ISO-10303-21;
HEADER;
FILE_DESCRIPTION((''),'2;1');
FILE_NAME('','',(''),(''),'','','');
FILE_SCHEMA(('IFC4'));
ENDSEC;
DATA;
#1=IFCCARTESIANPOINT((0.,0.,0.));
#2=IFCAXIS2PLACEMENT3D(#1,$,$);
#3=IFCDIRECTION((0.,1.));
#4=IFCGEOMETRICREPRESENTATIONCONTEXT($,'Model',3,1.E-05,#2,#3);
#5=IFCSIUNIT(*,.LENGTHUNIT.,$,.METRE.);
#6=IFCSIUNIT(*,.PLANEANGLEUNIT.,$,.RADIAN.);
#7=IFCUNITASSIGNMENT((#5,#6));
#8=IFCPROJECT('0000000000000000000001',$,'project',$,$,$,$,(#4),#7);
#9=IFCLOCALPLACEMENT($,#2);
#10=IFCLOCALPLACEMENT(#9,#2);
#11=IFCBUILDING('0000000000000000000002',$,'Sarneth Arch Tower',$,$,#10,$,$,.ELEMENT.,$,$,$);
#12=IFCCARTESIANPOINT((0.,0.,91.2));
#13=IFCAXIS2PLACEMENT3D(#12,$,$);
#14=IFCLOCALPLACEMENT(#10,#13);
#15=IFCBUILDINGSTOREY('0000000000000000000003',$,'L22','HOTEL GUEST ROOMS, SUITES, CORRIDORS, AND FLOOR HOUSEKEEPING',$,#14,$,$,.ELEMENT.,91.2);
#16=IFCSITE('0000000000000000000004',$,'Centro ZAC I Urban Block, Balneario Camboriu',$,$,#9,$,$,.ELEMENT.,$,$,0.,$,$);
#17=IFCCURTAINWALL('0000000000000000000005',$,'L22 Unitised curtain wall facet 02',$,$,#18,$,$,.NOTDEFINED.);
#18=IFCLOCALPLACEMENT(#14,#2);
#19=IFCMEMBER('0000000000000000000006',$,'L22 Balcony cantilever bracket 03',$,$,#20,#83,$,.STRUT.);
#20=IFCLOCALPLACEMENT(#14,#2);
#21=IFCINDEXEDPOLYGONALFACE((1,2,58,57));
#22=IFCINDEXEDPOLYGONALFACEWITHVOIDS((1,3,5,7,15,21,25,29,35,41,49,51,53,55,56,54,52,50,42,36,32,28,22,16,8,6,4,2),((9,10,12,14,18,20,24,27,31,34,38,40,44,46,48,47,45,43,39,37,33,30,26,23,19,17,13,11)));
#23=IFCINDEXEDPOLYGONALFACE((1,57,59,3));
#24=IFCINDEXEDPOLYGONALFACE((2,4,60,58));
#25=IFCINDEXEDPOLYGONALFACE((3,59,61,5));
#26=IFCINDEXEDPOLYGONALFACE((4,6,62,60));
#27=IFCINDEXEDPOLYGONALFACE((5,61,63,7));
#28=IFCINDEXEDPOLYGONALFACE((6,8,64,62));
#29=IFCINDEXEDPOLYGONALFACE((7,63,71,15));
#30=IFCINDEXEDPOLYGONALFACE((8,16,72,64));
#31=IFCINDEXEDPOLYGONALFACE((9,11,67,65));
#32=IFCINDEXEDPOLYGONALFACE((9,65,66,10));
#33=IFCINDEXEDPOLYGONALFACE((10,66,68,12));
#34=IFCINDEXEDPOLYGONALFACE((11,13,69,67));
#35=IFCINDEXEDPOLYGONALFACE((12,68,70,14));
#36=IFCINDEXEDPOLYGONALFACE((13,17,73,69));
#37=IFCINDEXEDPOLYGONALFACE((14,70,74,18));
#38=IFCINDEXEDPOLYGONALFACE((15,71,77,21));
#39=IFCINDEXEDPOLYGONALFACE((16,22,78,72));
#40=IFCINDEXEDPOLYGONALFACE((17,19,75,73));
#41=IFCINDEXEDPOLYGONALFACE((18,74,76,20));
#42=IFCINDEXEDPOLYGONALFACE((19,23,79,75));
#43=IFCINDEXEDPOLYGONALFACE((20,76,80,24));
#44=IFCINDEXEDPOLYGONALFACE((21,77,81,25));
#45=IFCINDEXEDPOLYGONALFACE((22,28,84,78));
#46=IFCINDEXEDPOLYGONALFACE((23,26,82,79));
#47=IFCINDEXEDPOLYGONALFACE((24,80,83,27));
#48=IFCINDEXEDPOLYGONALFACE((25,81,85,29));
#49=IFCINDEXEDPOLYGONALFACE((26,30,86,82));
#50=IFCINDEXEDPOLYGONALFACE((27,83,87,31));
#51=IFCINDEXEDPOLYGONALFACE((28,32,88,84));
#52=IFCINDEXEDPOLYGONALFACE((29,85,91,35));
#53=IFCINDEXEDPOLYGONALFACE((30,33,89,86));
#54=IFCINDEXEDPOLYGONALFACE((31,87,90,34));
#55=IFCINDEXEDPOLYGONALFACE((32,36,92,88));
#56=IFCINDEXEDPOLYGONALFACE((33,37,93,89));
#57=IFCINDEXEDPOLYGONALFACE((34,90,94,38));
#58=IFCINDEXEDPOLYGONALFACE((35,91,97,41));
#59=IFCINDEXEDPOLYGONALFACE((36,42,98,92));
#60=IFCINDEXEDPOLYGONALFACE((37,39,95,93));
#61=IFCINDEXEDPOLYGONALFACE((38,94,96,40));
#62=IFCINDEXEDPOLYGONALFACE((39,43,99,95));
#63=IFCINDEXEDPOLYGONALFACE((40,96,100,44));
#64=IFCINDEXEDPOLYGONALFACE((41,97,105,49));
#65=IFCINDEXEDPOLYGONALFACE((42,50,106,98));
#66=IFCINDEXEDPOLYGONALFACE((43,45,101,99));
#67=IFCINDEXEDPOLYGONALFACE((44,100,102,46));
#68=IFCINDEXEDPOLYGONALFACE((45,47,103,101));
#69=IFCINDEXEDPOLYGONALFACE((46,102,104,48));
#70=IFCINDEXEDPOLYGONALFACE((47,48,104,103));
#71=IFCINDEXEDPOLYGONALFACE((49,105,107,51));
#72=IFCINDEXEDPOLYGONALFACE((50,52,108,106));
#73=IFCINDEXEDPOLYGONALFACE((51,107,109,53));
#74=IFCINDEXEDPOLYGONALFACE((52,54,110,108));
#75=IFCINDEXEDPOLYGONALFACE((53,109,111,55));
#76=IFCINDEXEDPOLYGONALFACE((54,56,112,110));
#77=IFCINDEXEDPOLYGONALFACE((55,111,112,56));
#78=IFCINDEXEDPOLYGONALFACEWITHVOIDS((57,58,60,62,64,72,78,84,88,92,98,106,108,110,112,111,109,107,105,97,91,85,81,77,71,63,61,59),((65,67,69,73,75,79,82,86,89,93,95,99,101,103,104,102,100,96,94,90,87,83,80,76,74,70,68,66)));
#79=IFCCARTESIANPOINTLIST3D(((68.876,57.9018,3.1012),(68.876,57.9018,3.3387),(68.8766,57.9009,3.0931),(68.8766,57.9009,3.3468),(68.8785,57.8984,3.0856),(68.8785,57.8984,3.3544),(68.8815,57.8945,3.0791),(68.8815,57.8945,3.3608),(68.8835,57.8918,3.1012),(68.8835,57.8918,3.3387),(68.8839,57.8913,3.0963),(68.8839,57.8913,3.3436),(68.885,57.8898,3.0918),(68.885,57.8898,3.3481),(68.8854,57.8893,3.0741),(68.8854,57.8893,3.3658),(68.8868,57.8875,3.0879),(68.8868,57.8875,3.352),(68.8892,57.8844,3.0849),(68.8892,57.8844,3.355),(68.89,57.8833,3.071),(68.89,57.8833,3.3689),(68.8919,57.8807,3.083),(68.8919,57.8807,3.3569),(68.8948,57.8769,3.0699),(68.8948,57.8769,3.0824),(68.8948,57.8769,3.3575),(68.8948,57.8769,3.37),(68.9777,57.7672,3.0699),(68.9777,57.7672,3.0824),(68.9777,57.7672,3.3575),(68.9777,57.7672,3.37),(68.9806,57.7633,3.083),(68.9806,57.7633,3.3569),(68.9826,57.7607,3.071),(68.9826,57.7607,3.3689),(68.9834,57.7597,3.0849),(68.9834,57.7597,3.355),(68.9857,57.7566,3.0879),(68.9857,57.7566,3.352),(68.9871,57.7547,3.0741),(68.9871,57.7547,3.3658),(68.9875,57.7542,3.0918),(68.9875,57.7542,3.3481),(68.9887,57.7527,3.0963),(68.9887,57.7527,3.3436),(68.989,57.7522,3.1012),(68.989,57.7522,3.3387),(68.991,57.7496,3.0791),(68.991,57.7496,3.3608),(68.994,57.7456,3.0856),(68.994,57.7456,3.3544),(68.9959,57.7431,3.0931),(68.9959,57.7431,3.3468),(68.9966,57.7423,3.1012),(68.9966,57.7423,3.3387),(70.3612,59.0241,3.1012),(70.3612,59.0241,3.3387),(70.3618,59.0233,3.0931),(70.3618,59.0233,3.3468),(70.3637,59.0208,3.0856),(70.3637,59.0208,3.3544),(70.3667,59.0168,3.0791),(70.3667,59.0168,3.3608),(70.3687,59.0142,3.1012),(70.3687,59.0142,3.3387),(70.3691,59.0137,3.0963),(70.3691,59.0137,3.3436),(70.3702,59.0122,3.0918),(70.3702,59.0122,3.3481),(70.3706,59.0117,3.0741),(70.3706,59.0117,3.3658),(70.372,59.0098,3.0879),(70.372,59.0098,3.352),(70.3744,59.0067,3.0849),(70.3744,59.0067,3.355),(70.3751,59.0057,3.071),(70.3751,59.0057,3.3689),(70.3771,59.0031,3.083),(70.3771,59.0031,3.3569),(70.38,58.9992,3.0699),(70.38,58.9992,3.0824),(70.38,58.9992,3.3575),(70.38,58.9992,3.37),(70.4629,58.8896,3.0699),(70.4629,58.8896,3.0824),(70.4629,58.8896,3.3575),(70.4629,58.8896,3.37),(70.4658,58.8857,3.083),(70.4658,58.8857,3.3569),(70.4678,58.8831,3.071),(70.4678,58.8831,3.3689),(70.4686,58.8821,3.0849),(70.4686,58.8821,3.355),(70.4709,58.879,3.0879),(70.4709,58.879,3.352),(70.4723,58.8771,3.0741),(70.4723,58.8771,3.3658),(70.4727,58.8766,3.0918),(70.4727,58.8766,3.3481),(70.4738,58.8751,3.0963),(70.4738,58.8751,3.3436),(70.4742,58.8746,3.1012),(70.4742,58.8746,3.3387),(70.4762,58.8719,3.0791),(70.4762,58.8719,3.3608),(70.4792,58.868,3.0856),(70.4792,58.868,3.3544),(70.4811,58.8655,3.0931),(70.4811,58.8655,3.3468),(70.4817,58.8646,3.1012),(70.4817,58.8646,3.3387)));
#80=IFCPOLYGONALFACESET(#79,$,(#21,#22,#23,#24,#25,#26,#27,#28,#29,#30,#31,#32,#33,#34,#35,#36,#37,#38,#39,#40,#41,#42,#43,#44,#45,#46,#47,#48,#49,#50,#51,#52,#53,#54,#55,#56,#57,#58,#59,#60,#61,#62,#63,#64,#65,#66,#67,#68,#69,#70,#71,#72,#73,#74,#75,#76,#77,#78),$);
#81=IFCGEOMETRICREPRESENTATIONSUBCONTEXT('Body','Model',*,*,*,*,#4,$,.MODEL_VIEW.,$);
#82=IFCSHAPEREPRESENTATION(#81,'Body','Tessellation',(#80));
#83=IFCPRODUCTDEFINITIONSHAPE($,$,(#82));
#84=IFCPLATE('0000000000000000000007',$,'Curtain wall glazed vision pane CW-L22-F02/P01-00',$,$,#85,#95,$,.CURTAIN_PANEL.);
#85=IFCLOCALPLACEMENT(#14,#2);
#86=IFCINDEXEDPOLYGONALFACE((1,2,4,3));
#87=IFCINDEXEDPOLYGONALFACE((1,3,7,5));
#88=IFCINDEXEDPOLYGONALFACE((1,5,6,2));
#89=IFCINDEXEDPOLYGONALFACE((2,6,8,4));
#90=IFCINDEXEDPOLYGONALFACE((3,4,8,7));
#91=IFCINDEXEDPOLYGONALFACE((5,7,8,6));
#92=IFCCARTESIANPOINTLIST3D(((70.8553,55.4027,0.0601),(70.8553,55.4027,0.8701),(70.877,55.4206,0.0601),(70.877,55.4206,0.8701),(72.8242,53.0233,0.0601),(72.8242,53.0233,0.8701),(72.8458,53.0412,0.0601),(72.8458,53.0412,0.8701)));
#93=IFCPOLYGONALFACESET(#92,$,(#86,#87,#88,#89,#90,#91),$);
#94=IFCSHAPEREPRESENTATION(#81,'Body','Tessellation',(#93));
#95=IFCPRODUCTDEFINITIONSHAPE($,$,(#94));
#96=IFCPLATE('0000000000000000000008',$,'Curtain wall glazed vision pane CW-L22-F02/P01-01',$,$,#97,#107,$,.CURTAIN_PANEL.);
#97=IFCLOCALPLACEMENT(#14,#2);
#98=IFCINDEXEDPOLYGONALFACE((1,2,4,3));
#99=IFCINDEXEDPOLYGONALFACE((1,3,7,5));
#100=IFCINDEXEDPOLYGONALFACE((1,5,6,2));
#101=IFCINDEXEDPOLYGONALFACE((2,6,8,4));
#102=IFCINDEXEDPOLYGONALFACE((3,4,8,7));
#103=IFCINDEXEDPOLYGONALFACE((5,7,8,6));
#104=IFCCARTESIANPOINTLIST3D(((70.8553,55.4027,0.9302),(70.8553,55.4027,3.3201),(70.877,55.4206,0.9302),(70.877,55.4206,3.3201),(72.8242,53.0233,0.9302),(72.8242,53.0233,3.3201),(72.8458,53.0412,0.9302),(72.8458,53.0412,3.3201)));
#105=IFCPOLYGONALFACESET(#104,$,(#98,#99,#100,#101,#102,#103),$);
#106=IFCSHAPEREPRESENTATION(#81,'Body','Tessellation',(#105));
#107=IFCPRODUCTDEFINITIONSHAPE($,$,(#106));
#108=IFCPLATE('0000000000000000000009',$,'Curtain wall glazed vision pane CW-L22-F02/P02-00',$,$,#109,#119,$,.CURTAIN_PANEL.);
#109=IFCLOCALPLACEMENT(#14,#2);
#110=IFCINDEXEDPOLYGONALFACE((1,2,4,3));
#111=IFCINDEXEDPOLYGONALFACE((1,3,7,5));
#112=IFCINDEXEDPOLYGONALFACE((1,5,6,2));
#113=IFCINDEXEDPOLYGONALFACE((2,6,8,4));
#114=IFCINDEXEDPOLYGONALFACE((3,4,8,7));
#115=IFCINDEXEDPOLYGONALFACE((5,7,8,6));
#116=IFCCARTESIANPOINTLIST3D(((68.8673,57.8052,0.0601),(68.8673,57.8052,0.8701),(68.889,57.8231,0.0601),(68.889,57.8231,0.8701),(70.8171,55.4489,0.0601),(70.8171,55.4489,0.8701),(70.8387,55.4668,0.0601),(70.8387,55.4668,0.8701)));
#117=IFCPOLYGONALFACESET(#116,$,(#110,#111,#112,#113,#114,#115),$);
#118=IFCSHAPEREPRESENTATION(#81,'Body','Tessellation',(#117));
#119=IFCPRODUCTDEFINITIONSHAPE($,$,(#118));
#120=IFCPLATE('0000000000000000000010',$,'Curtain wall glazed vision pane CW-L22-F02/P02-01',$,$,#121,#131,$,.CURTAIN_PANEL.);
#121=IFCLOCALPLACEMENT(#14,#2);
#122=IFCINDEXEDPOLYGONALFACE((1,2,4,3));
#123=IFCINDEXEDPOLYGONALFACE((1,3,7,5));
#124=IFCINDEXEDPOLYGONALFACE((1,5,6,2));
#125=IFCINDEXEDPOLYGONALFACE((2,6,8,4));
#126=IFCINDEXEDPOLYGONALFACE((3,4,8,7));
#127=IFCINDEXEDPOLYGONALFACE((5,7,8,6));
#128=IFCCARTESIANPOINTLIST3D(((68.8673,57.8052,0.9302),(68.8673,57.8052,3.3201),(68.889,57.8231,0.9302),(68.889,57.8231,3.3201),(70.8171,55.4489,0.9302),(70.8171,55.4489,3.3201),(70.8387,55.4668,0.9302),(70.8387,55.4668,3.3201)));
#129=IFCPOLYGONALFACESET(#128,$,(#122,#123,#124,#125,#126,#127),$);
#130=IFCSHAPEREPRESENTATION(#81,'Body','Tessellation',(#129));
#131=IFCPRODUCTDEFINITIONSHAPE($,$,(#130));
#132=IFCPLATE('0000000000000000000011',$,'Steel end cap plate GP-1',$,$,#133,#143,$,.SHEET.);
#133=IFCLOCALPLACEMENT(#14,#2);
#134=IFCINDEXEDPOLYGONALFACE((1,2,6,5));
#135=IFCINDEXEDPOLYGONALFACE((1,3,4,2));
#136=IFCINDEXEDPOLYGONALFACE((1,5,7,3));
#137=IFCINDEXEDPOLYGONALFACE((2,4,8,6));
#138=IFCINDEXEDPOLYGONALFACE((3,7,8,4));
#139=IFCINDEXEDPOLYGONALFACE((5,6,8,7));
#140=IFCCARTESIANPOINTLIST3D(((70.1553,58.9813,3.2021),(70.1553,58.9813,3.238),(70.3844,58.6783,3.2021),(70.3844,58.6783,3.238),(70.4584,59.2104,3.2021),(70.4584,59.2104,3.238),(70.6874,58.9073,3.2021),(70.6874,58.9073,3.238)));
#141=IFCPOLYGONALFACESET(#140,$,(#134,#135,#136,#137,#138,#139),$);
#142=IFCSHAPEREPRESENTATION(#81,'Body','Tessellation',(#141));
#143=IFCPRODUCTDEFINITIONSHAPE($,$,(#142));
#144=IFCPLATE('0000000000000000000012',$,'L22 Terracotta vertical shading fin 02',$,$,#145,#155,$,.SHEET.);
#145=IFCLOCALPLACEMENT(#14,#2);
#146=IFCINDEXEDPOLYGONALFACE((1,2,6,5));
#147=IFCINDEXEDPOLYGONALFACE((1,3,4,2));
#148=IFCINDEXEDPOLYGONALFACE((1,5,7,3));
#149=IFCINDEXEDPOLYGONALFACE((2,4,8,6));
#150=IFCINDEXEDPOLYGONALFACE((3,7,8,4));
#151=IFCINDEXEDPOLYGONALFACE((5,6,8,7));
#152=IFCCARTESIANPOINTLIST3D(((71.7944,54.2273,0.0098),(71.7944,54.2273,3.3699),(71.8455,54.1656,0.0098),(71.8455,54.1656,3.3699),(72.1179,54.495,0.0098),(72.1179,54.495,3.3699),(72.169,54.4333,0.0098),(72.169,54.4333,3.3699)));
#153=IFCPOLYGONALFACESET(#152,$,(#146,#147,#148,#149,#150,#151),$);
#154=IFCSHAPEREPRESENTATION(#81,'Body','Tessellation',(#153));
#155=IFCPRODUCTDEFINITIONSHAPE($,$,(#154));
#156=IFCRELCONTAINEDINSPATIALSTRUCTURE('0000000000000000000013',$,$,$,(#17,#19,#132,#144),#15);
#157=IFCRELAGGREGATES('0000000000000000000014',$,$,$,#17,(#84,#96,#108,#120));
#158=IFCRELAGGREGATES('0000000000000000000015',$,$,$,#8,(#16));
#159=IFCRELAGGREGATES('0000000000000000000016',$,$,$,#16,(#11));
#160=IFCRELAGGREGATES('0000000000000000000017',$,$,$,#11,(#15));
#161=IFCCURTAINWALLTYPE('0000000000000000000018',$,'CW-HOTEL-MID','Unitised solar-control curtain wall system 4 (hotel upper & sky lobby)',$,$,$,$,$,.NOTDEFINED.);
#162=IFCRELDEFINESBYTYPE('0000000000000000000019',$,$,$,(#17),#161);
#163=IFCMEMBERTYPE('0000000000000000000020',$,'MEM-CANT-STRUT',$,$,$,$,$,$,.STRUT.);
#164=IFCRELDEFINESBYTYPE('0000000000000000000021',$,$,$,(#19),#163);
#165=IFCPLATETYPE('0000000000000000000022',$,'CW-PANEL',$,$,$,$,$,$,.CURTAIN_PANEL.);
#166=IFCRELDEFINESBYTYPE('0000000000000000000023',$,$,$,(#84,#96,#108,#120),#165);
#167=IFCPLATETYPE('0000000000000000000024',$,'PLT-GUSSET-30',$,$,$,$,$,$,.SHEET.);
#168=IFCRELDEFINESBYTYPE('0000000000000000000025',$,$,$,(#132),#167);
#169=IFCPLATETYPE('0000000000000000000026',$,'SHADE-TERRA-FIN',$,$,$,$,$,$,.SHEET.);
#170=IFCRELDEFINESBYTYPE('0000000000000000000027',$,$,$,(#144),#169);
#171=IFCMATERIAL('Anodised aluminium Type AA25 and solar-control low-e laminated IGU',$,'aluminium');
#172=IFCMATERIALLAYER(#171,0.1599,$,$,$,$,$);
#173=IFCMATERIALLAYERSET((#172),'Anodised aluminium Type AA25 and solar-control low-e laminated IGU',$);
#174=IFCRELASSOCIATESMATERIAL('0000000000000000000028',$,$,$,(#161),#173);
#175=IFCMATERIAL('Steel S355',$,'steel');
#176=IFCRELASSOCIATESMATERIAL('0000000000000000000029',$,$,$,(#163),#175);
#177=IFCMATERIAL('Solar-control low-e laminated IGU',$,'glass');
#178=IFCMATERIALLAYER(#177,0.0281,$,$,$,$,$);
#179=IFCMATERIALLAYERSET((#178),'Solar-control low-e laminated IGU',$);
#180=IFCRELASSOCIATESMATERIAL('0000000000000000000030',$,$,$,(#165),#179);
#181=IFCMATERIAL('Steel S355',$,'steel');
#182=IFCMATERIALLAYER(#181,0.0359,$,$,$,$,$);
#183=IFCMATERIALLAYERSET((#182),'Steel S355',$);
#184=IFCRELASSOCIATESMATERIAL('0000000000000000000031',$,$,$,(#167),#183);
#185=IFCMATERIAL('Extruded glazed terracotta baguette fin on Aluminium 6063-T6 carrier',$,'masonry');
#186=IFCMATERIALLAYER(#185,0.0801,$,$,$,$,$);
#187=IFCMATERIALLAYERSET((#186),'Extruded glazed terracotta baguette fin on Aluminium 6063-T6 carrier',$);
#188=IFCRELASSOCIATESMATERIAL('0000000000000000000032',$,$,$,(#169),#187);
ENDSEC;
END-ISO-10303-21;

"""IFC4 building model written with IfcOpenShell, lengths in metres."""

from ifc_helpers import new_model, si_unit, direction, frame, origin, origin_2d, place, context, subcontext, project, spatial, rectangle, hollow_rectangle, extrude, material, layer, layer_set, material_profile, profile_set, type_object, element, aggregate, save


model = new_model("IFC4")

# Units and contexts
model_context = context("Model", 3, precision=1e-05, world=origin(), true_north=direction((0.0, 1.0)))
body_context = subcontext(model_context, "Body", "Model", "MODEL_VIEW")
ifc_project = project(units=[si_unit("LENGTHUNIT", "METRE"), si_unit("PLANEANGLEUNIT", "RADIAN")], contexts=[model_context])

# Site, building, storey
site_placement = place(None, origin())
site = spatial("IfcSite", under=ifc_project, at=site_placement, Name="Centro ZAC I Urban Block, Balneario Camboriu", CompositionType="ELEMENT", RefElevation=0.0)
building_placement = place(site_placement, origin())
building = spatial("IfcBuilding", under=site, at=building_placement, Name="Sarneth Arch Tower", CompositionType="ELEMENT")
storey_placement = place(building_placement, frame((0.0, 0.0, 91.2)))
storey = spatial("IfcBuildingStorey", under=building, at=storey_placement, Name="L22", Description="HOTEL GUEST ROOMS, SUITES, CORRIDORS, AND FLOOR HOUSEKEEPING", CompositionType="ELEMENT", Elevation=91.2)

# Curtain wall
ifc_material_1 = material(Name="Anodised aluminium Type AA25 and solar-control low-e laminated IGU", Category="aluminium")
ifc_layer_1 = layer(ifc_material_1, 0.1599)
ifc_layer_set_1 = layer_set([ifc_layer_1], Name="Anodised aluminium Type AA25 and solar-control low-e laminated IGU")
curtain_wall_type = type_object("IfcCurtainWallType", Name="CW-HOTEL-MID", Description="Unitised solar-control curtain wall system 4 (hotel upper & sky lobby)", PredefinedType="NOTDEFINED", material=ifc_layer_set_1)
curtain_wall_placement = place(storey_placement, origin())
curtain_wall = element("IfcCurtainWall", 1, at=curtain_wall_placement, inside=storey, type_object=curtain_wall_type, Name="L22 Unitised curtain wall facet 02", PredefinedType="NOTDEFINED")

# Member
ifc_material_2 = material(Name="Steel S355", Category="steel")
ifc_material_profile_1 = material_profile(ifc_material_2, hollow_rectangle(XDim=0.2, YDim=0.3, WallThickness=0.0125, InnerFilletRadius=0.0188, OuterFilletRadius=0.0312, at=origin_2d()), Name="RHS300x200x12.5")
ifc_profile_set_1 = profile_set([ifc_material_profile_1], Name="Steel S355")
member_type_1 = type_object("IfcMemberType", Name="MEM-CANT-STRUT", PredefinedType="STRUT", material=ifc_profile_set_1)
member_1_placement = place(storey_placement, frame((68.9363, 57.822, 3.22), z_axis=(0.797807, 0.602913, 0.0), x_axis=(-0.602913, 0.797807, 0.0)))
element("IfcMember", 2, at=member_1_placement, inside=storey, type_object=member_type_1, Name="L22 Balcony cantilever bracket 03", PredefinedType="STRUT", context=body_context, shape_type="SweptSolid", body=[
    extrude(hollow_rectangle(XDim=0.2, YDim=0.3, WallThickness=0.0125, InnerFilletRadius=0.0188, OuterFilletRadius=0.0312, at=origin_2d()), origin(), (0.0, 0.0, 1.0), 1.8616),
])

# Plates
ifc_material_3 = material(Name="Solar-control low-e laminated IGU", Category="glass")
ifc_layer_2 = layer(ifc_material_3, 0.0281)
ifc_layer_set_2 = layer_set([ifc_layer_2], Name="Solar-control low-e laminated IGU")
plate_type_1 = type_object("IfcPlateType", Name="CW-PANEL", PredefinedType="CURTAIN_PANEL", material=ifc_layer_set_2)
plate_1_placement = place(storey_placement, frame((71.8506, 54.2219, 0.0601), z_axis=(0.0, 0.0, 1.0), x_axis=(-0.637515, 0.770438, 0.0)))
plate_1 = element("IfcPlate", 3, at=plate_1_placement, type_object=plate_type_1, Name="Curtain wall glazed vision pane CW-L22-F02/P01-00", PredefinedType="CURTAIN_PANEL", context=body_context, shape_type="SweptSolid", body=[
    extrude(rectangle(XDim=3.0884, YDim=0.0281, at=origin_2d()), origin(), (0.0, 0.0, 1.0), 0.8101),
])
plate_2_placement = place(storey_placement, frame((71.8506, 54.2219, 0.9302), z_axis=(0.0, 0.0, 1.0), x_axis=(-0.637515, 0.770438, 0.0)))
plate_2 = element("IfcPlate", 4, at=plate_2_placement, type_object=plate_type_1, Name="Curtain wall glazed vision pane CW-L22-F02/P01-01", PredefinedType="CURTAIN_PANEL", context=body_context, shape_type="SweptSolid", body=[
    extrude(rectangle(XDim=3.0884, YDim=0.0281, at=origin_2d()), origin(), (0.0, 0.0, 1.0), 2.3899),
])
plate_3_placement = place(storey_placement, frame((69.853, 56.636, 0.0601), z_axis=(0.0, 0.0, 1.0), x_axis=(-0.637515, 0.770438, 0.0)))
plate_3 = element("IfcPlate", 5, at=plate_3_placement, type_object=plate_type_1, Name="Curtain wall glazed vision pane CW-L22-F02/P02-00", PredefinedType="CURTAIN_PANEL", context=body_context, shape_type="SweptSolid", body=[
    extrude(rectangle(XDim=3.0583, YDim=0.0281, at=origin_2d()), origin(), (0.0, 0.0, 1.0), 0.8101),
])
plate_4_placement = place(storey_placement, frame((69.853, 56.636, 0.9302), z_axis=(0.0, 0.0, 1.0), x_axis=(-0.637515, 0.770438, 0.0)))
plate_4 = element("IfcPlate", 6, at=plate_4_placement, type_object=plate_type_1, Name="Curtain wall glazed vision pane CW-L22-F02/P02-01", PredefinedType="CURTAIN_PANEL", context=body_context, shape_type="SweptSolid", body=[
    extrude(rectangle(XDim=3.0583, YDim=0.0281, at=origin_2d()), origin(), (0.0, 0.0, 1.0), 2.3899),
])
aggregate(curtain_wall, [plate_1, plate_2, plate_3, plate_4])

# Plates
ifc_material_4 = material(Name="Steel S355", Category="steel")
ifc_layer_3 = layer(ifc_material_4, 0.0359)
ifc_layer_set_3 = layer_set([ifc_layer_3], Name="Steel S355")
plate_type_2 = type_object("IfcPlateType", Name="PLT-GUSSET-30", PredefinedType="SHEET", material=ifc_layer_set_3)
plate_5_placement = place(storey_placement, frame((70.4214, 58.9443, 3.2021), z_axis=(0.0, 0.0, 1.0), x_axis=(0.797794, 0.60293, 0.0)))
element("IfcPlate", 7, at=plate_5_placement, inside=storey, type_object=plate_type_2, Name="Steel end cap plate GP-1", PredefinedType="SHEET", context=body_context, shape_type="SweptSolid", body=[
    extrude(rectangle(XDim=0.3799, YDim=0.3799, at=origin_2d()), origin(), (0.0, 0.0, 1.0), 0.0359),
])
ifc_material_5 = material(Name="Extruded glazed terracotta baguette fin on Aluminium 6063-T6 carrier", Category="masonry")
ifc_layer_4 = layer(ifc_material_5, 0.0801)
ifc_layer_set_4 = layer_set([ifc_layer_4], Name="Extruded glazed terracotta baguette fin on Aluminium 6063-T6 carrier")
plate_type_3 = type_object("IfcPlateType", Name="SHADE-TERRA-FIN", PredefinedType="SHEET", material=ifc_layer_set_4)
plate_6_placement = place(storey_placement, frame((71.9817, 54.3303, 0.0098), z_axis=(0.0, 0.0, 1.0), x_axis=(0.770402, 0.637558, 0.0)))
element("IfcPlate", 8, at=plate_6_placement, inside=storey, type_object=plate_type_3, Name="L22 Terracotta vertical shading fin 02", PredefinedType="SHEET", context=body_context, shape_type="SweptSolid", body=[
    extrude(rectangle(XDim=0.4199, YDim=0.0801, at=origin_2d()), origin(), (0.0, 0.0, 1.0), 3.3601),
])

save(model, "model.ifc")
